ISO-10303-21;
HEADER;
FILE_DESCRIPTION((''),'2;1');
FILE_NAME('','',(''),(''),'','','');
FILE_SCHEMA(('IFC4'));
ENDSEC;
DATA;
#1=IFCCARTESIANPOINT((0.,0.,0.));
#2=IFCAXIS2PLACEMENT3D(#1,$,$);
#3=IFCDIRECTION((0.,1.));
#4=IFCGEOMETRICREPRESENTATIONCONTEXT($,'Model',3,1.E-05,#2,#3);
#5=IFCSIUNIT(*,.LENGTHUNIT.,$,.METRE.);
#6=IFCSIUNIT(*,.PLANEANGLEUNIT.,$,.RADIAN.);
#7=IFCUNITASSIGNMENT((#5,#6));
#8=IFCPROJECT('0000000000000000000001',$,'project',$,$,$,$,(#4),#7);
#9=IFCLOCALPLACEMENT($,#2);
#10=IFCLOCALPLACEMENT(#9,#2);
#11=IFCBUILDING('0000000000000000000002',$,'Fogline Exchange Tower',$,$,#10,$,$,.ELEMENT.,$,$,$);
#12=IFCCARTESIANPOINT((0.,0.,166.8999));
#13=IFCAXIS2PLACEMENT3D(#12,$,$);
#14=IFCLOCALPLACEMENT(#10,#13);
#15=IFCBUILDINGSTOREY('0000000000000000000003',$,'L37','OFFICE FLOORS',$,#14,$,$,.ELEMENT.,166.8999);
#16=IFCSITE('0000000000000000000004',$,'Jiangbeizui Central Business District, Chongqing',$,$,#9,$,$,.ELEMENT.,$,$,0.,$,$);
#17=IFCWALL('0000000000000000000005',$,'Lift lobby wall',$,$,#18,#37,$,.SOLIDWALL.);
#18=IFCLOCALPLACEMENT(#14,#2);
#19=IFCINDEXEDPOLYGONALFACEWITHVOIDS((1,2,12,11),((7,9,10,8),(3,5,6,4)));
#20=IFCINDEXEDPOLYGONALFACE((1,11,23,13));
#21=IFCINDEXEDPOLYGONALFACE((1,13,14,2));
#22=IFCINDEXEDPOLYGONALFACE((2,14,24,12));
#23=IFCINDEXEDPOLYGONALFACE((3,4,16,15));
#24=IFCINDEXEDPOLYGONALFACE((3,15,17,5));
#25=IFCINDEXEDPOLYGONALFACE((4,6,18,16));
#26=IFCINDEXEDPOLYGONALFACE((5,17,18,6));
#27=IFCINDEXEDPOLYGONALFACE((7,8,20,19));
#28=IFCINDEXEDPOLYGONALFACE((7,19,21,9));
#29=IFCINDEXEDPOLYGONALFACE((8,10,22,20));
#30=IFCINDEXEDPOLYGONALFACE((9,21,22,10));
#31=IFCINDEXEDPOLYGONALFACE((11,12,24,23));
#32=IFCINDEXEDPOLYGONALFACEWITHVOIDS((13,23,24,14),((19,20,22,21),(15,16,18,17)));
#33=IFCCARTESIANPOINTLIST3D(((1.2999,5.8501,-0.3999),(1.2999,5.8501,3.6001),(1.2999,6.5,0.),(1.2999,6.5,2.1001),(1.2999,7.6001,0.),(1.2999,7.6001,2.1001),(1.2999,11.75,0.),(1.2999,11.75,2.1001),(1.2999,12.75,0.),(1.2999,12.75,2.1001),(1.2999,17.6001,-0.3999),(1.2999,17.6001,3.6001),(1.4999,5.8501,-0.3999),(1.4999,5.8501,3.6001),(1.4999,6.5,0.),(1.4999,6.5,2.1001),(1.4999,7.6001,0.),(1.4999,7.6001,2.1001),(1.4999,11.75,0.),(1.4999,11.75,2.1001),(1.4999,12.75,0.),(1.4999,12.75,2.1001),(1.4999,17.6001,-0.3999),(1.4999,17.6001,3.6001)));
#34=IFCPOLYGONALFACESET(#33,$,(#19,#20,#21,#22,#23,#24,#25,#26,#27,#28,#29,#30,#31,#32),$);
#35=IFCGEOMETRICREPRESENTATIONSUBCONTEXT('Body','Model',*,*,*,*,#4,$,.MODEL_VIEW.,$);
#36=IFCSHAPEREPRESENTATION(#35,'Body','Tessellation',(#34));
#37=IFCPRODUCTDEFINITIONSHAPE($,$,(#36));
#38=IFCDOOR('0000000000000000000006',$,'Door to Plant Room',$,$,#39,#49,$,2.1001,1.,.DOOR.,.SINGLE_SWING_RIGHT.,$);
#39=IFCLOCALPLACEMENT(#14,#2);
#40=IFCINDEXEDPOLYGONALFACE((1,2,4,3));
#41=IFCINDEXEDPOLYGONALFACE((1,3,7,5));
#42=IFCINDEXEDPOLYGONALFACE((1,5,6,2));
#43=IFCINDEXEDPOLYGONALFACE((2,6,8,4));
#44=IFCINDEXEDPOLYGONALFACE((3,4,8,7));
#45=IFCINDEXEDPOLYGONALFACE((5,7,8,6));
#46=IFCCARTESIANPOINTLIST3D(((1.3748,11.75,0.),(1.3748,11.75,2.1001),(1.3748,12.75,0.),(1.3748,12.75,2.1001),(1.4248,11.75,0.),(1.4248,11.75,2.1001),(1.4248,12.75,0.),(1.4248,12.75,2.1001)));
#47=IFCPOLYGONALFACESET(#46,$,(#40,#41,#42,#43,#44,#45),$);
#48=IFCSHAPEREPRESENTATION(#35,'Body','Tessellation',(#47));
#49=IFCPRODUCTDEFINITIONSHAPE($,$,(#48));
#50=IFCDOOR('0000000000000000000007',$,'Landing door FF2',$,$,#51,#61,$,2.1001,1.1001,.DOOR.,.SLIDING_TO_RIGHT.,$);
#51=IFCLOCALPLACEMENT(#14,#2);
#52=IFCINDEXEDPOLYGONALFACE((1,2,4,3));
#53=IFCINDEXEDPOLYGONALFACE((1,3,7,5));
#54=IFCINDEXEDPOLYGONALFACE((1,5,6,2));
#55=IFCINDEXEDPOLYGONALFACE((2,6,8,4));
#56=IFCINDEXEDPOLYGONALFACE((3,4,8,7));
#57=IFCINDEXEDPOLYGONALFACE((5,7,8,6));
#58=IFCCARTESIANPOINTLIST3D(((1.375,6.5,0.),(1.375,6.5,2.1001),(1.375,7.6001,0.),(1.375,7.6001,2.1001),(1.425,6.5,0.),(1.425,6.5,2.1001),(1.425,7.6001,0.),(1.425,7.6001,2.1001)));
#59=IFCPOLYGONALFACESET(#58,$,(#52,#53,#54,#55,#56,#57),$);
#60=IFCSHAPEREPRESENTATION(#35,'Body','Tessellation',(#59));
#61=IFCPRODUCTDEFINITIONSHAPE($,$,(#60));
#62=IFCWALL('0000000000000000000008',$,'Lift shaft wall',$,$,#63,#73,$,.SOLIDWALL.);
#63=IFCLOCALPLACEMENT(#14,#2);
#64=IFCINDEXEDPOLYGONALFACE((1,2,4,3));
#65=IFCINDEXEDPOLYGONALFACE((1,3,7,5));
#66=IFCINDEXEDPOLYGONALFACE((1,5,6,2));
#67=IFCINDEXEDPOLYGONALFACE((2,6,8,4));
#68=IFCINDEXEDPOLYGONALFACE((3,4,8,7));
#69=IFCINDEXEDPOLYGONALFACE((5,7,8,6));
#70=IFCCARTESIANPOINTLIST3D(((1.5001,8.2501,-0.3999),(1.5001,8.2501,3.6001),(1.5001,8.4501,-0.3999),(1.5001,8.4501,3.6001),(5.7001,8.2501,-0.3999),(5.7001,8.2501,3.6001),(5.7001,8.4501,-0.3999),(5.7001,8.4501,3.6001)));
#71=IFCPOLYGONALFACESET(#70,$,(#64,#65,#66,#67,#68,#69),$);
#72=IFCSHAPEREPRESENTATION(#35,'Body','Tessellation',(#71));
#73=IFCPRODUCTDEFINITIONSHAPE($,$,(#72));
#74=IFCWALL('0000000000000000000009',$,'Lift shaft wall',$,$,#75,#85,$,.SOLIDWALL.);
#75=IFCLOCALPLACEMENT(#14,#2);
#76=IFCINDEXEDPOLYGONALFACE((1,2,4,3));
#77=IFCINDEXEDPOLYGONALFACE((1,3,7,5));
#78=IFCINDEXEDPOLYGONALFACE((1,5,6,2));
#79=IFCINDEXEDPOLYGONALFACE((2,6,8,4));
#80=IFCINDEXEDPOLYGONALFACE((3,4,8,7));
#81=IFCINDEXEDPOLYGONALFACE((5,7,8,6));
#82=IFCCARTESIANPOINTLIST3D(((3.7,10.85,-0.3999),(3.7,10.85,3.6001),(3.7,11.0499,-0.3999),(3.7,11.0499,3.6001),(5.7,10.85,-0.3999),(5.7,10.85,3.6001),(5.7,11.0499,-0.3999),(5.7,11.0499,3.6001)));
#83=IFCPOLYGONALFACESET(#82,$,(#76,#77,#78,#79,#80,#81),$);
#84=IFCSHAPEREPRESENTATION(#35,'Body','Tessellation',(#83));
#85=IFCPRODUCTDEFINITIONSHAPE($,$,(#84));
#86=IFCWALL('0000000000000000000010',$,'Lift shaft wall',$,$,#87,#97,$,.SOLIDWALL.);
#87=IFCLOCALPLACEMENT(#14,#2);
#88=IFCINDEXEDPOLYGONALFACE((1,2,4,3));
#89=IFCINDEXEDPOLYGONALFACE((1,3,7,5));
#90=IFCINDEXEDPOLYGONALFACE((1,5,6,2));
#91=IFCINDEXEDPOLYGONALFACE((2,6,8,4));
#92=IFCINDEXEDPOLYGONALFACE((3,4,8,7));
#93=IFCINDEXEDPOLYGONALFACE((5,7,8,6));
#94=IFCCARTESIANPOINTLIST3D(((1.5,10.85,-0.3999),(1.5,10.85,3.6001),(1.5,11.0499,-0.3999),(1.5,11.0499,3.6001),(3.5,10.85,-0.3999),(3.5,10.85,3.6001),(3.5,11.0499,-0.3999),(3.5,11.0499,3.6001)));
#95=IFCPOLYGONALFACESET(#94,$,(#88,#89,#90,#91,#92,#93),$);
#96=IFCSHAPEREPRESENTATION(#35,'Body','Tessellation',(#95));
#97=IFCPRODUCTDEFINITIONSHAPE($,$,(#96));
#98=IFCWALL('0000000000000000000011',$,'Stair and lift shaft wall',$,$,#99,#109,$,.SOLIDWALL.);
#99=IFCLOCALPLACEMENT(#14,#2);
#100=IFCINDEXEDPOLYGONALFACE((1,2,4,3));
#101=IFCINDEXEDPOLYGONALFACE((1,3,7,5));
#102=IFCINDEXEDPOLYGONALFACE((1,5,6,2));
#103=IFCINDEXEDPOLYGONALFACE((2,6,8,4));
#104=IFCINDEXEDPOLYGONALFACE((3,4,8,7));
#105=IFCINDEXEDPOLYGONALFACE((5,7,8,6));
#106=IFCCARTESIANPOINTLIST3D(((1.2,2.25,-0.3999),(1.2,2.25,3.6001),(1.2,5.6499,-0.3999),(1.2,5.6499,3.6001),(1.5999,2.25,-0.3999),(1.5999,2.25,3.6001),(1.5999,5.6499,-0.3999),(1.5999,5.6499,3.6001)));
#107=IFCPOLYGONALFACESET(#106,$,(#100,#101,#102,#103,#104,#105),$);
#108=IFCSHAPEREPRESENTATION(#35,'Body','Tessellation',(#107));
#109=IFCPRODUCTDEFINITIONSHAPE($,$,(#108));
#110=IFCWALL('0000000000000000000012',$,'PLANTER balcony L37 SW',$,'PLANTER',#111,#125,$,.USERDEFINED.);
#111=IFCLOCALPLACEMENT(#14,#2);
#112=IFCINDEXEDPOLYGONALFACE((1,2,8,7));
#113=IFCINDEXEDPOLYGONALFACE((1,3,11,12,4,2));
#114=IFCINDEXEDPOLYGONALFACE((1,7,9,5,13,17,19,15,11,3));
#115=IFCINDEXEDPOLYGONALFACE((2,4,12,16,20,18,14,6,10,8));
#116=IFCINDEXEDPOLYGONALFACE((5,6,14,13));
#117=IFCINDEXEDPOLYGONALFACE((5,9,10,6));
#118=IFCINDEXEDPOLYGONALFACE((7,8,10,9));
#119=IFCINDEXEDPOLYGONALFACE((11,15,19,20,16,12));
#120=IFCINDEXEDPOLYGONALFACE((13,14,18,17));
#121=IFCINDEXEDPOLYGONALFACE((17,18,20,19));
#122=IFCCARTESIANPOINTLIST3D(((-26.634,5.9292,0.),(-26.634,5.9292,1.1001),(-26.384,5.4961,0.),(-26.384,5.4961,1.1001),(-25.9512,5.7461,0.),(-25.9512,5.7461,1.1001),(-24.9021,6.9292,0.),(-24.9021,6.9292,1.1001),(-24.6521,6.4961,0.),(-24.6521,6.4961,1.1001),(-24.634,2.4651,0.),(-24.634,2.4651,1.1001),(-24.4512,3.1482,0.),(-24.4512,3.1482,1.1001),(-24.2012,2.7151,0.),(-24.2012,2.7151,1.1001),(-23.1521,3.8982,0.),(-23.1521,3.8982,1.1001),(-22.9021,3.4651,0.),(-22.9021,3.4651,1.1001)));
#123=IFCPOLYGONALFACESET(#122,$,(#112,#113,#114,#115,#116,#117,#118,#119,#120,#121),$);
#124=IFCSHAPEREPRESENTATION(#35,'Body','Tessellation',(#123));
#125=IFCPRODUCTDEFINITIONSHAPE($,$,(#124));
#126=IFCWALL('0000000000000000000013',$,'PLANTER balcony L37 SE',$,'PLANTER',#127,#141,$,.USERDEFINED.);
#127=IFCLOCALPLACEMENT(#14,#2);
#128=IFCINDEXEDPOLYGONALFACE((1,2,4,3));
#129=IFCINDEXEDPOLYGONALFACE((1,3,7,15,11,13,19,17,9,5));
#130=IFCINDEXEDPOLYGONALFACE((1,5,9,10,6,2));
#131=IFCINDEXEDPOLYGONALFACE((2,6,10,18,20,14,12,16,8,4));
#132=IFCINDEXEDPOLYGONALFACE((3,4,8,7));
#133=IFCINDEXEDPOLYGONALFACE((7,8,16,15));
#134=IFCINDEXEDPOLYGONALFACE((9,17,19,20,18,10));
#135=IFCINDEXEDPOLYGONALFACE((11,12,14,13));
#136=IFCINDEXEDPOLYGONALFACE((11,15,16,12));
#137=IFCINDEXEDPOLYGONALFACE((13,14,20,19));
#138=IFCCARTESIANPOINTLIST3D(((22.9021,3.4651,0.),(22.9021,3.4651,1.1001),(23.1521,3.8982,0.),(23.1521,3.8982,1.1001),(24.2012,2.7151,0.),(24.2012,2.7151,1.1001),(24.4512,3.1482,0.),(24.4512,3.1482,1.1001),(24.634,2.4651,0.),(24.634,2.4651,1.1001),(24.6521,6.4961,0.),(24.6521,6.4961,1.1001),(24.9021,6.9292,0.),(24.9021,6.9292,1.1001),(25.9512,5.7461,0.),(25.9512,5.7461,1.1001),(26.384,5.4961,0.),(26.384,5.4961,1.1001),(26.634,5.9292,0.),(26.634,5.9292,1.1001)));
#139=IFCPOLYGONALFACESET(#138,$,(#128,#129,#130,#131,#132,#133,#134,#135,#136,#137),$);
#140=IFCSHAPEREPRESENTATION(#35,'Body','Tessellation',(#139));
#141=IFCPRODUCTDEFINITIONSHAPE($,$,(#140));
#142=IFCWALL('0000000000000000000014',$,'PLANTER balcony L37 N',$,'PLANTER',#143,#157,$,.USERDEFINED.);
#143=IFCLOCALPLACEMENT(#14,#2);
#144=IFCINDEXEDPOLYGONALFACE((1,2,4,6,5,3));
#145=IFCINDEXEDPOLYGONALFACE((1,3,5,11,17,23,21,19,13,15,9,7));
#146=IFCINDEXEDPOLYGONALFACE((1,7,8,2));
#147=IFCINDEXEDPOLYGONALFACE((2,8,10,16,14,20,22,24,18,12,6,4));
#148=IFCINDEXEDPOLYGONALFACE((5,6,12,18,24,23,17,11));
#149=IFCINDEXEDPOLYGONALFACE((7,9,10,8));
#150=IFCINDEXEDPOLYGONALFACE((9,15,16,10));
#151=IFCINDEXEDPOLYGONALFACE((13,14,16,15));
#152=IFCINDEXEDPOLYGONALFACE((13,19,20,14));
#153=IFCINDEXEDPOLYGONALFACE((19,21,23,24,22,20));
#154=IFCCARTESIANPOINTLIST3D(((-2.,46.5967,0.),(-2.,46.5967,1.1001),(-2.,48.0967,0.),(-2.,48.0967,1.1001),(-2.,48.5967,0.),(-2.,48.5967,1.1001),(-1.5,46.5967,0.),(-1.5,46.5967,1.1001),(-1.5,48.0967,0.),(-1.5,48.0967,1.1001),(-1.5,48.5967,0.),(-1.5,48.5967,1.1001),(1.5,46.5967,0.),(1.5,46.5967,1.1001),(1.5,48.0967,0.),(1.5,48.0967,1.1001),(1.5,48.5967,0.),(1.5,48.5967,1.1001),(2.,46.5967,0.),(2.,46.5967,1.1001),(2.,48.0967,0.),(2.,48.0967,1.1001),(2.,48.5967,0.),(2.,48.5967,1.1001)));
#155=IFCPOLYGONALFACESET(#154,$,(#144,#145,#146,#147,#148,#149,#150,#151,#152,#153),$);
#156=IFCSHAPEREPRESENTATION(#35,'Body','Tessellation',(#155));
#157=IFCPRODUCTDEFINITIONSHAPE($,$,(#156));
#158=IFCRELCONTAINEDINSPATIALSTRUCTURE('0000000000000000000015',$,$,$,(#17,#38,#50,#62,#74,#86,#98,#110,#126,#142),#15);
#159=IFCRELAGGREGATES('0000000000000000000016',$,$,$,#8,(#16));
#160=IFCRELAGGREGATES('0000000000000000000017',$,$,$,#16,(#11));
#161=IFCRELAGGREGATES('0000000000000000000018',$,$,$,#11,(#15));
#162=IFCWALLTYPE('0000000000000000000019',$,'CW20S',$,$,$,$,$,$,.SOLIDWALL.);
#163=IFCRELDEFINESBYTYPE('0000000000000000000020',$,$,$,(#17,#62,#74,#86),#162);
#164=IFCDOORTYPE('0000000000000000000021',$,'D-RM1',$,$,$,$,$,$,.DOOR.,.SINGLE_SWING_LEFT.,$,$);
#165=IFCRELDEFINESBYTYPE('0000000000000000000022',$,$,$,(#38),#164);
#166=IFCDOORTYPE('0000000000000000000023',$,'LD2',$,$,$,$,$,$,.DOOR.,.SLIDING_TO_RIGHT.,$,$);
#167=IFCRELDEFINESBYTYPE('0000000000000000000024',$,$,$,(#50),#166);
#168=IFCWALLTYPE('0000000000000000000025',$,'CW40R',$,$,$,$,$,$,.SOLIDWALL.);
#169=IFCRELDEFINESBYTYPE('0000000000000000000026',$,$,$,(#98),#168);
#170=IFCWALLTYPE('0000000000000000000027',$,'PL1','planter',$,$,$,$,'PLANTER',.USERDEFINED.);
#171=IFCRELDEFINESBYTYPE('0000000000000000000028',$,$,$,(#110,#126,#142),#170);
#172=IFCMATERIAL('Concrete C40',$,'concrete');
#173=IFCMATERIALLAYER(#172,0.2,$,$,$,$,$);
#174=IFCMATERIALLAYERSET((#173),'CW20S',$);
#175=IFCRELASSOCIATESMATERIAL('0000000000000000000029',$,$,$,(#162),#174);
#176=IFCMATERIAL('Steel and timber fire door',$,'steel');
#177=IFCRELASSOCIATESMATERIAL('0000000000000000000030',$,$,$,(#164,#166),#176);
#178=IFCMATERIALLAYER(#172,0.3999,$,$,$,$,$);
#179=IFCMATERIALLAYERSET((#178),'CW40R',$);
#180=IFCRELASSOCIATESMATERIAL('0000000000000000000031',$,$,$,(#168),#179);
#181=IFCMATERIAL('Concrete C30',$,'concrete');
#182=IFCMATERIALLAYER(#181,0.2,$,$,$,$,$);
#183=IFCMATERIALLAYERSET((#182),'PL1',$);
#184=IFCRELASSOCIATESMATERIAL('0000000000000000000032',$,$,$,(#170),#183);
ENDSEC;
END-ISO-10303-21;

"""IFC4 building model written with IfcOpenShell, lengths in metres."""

from ifc_helpers import new_model, si_unit, direction, frame, frame_2d, origin, place, context, subcontext, project, spatial, polyline, rectangle, outline, extrude, material, layer, layer_set, type_object, element, fill, save


model = new_model("IFC4")

# Units and contexts
model_context = context("Model", 3, precision=1e-05, world=origin(), true_north=direction((0.0, 1.0)))
body_context = subcontext(model_context, "Body", "Model", "MODEL_VIEW")
ifc_project = project(units=[si_unit("LENGTHUNIT", "METRE"), si_unit("PLANEANGLEUNIT", "RADIAN")], contexts=[model_context])

# Site, building, storey
site_placement = place(None, origin())
site = spatial("IfcSite", under=ifc_project, at=site_placement, Name="Jiangbeizui Central Business District, Chongqing", CompositionType="ELEMENT", RefElevation=0.0)
building_placement = place(site_placement, origin())
building = spatial("IfcBuilding", under=site, at=building_placement, Name="Fogline Exchange Tower", CompositionType="ELEMENT")
storey_placement = place(building_placement, frame((0.0, 0.0, 166.8999)))
storey = spatial("IfcBuildingStorey", under=building, at=storey_placement, Name="L37", Description="OFFICE FLOORS", CompositionType="ELEMENT", Elevation=166.8999)

# Shared definitions
ifc_material_1 = material(Name="Concrete C40", Category="concrete")

# Shared definitions
ifc_material_2 = material(Name="Steel and timber fire door", Category="steel")

# Shared definitions
ifc_layer_1 = layer(ifc_material_1, 0.2)
ifc_layer_set_1 = layer_set([ifc_layer_1], Name="CW20S")
wall_type_1 = type_object("IfcWallType", Name="CW20S", PredefinedType="SOLIDWALL", material=ifc_layer_set_1)

# Wall, openings, doors
wall_1_placement = place(storey_placement, frame((1.3999, 5.8501, -0.3999), z_axis=(0.0, 0.0, 1.0), x_axis=(0.0, 1.0, 0.0)))
wall_1 = element("IfcWall", 1, at=wall_1_placement, inside=storey, type_object=wall_type_1, Name="Lift lobby wall", PredefinedType="SOLIDWALL", context=body_context, shape_type="SweptSolid", body=[
    extrude(rectangle(XDim=11.75, YDim=0.2, at=frame_2d((5.875, 0.0))), origin(), (0.0, 0.0, 1.0), 4.0),
])
opening_1_placement = place(wall_1_placement, frame((0.6499, 0.0, 0.3999)))
opening_1 = element("IfcOpeningElement", 2, at=opening_1_placement, cuts=wall_1, PredefinedType="OPENING", context=body_context, shape_type="SweptSolid", body=[
    extrude(rectangle(XDim=1.1001, YDim=2.1001, at=frame_2d((0.55, 1.05))), frame((0.0, 0.1099, 0.0), z_axis=(0.0, -1.0, 0.0), x_axis=(1.0, 0.0, 0.0)), (0.0, 0.0, 1.0), 0.22),
])
opening_2_placement = place(wall_1_placement, frame((5.8999, 0.0, 0.3999)))
opening_2 = element("IfcOpeningElement", 3, at=opening_2_placement, cuts=wall_1, PredefinedType="OPENING", context=body_context, shape_type="SweptSolid", body=[
    extrude(rectangle(XDim=1.0, YDim=2.1001, at=frame_2d((0.5, 1.05))), frame((0.0, 0.1099, 0.0), z_axis=(0.0, -1.0, 0.0), x_axis=(1.0, 0.0, 0.0)), (0.0, 0.0, 1.0), 0.22),
])
door_type_1 = type_object("IfcDoorType", Name="D-RM1", OperationType="SINGLE_SWING_LEFT", PredefinedType="DOOR", material=ifc_material_2)
door_1_placement = place(opening_2_placement, frame((1.0, 0.0, 0.0), z_axis=(0.0, 0.0, 1.0), x_axis=(-1.0, 0.0, 0.0)))
door_1 = element("IfcDoor", 4, at=door_1_placement, inside=storey, type_object=door_type_1, Name="Door to Plant Room", OperationType="SINGLE_SWING_RIGHT", OverallHeight=2.1001, OverallWidth=1.0, PredefinedType="DOOR", context=body_context, shape_type="SweptSolid", body=[
    extrude(rectangle(XDim=1.0, YDim=2.1001, at=frame_2d((0.5, 1.05))), frame((0.0, 0.0249, 0.0), z_axis=(0.0, -1.0, 0.0), x_axis=(1.0, 0.0, 0.0)), (0.0, 0.0, 1.0), 0.05),
])
fill(opening_2, door_1)
door_type_2 = type_object("IfcDoorType", Name="LD2", OperationType="SLIDING_TO_RIGHT", PredefinedType="DOOR", material=ifc_material_2)
door_2_placement = place(opening_1_placement, origin())
door_2 = element("IfcDoor", 5, at=door_2_placement, inside=storey, type_object=door_type_2, Name="Landing door FF2", OperationType="SLIDING_TO_RIGHT", OverallHeight=2.1001, OverallWidth=1.1001, PredefinedType="DOOR", context=body_context, shape_type="SweptSolid", body=[
    extrude(rectangle(XDim=1.1001, YDim=2.1001, at=frame_2d((0.55, 1.05))), frame((0.0, 0.0249, 0.0), z_axis=(0.0, -1.0, 0.0), x_axis=(1.0, 0.0, 0.0)), (0.0, 0.0, 1.0), 0.05),
])
fill(opening_1, door_2)

# Walls
wall_2_placement = place(storey_placement, frame((1.5, 8.3501, -0.3999), z_axis=(0.0, 0.0, 1.0), x_axis=(1.0, 0.0, 0.0)))
element("IfcWall", 6, at=wall_2_placement, inside=storey, type_object=wall_type_1, Name="Lift shaft wall", PredefinedType="SOLIDWALL", context=body_context, shape_type="SweptSolid", body=[
    extrude(rectangle(XDim=4.2, YDim=0.2, at=frame_2d((2.1001, 0.0))), origin(), (0.0, 0.0, 1.0), 4.0),
])
for number, where, z_axis, x_axis, name in (
    (7, (3.7, 10.95, -0.3999), (0.0, 0.0, 1.0), (1.0, 0.0, 0.0), "Lift shaft wall"),
    (8, (1.5, 10.95, -0.3999), (0.0, 0.0, 1.0), (1.0, 0.0, 0.0), "Lift shaft wall"),
):
    element("IfcWall", number, at=place(storey_placement, frame(where, z_axis=z_axis, x_axis=x_axis)), inside=storey, type_object=wall_type_1, Name=name, PredefinedType="SOLIDWALL", context=body_context, shape_type="SweptSolid", body=[
        extrude(rectangle(XDim=2.0, YDim=0.2, at=frame_2d((1.0, 0.0))), origin(), (0.0, 0.0, 1.0), 4.0),
    ])
ifc_layer_2 = layer(ifc_material_1, 0.3999)
ifc_layer_set_2 = layer_set([ifc_layer_2], Name="CW40R")
wall_type_2 = type_object("IfcWallType", Name="CW40R", PredefinedType="SOLIDWALL", material=ifc_layer_set_2)
wall_3_placement = place(storey_placement, frame((1.3999, 2.25, -0.3999), z_axis=(0.0, 0.0, 1.0), x_axis=(0.0, 1.0, 0.0)))
element("IfcWall", 9, at=wall_3_placement, inside=storey, type_object=wall_type_2, Name="Stair and lift shaft wall", PredefinedType="SOLIDWALL", context=body_context, shape_type="SweptSolid", body=[
    extrude(rectangle(XDim=3.3999, YDim=0.3999, at=frame_2d((1.7, 0.0))), origin(), (0.0, 0.0, 1.0), 4.0),
])
ifc_material_3 = material(Name="Concrete C30", Category="concrete")
ifc_layer_3 = layer(ifc_material_3, 0.2)
ifc_layer_set_3 = layer_set([ifc_layer_3], Name="PL1")
wall_type_3 = type_object("IfcWallType", Name="PL1", Description="planter", ElementType="PLANTER", PredefinedType="USERDEFINED", material=ifc_layer_set_3)
wall_4_placement = place(storey_placement, origin())
element("IfcWall", 10, at=wall_4_placement, inside=storey, type_object=wall_type_3, Name="PLANTER balcony L37 SW", ObjectType="PLANTER", PredefinedType="USERDEFINED", context=body_context, shape_type="SweptSolid", body=[
    extrude(outline(polyline([(-23.1521, 3.8982), (-24.4512, 3.1482), (-25.9512, 5.7461), (-24.6521, 6.4961), (-24.9021, 6.9292), (-26.634, 5.9292), (-26.384, 5.4961), (-24.634, 2.4651), (-24.2012, 2.7151), (-24.2012, 2.7151), (-22.9021, 3.4651), (-23.1521, 3.8982)])), origin(), (0.0, 0.0, 1.0), 1.1001),
])
wall_5_placement = place(storey_placement, origin())
element("IfcWall", 11, at=wall_5_placement, inside=storey, type_object=wall_type_3, Name="PLANTER balcony L37 SE", ObjectType="PLANTER", PredefinedType="USERDEFINED", context=body_context, shape_type="SweptSolid", body=[
    extrude(outline(polyline([(22.9021, 3.4651), (24.2012, 2.7151), (24.2012, 2.7151), (24.634, 2.4651), (26.384, 5.4961), (26.634, 5.9292), (24.9021, 6.9292), (24.6521, 6.4961), (25.9512, 5.7461), (24.4512, 3.1482), (23.1521, 3.8982), (22.9021, 3.4651)])), origin(), (0.0, 0.0, 1.0), 1.1001),
])
wall_6_placement = place(storey_placement, origin())
element("IfcWall", 12, at=wall_6_placement, inside=storey, type_object=wall_type_3, Name="PLANTER balcony L37 N", ObjectType="PLANTER", PredefinedType="USERDEFINED", context=body_context, shape_type="SweptSolid", body=[
    extrude(outline(polyline([(-1.5, 48.5967), (-2.0, 48.5967), (-2.0, 48.0967), (-2.0, 46.5967), (-1.5, 46.5967), (-1.5, 48.0967), (1.5, 48.0967), (1.5, 46.5967), (2.0, 46.5967), (2.0, 48.0967), (2.0, 48.5967), (1.5, 48.5967), (-1.5, 48.5967)])), origin(), (0.0, 0.0, 1.0), 1.1001),
])

save(model, "model.ifc")
